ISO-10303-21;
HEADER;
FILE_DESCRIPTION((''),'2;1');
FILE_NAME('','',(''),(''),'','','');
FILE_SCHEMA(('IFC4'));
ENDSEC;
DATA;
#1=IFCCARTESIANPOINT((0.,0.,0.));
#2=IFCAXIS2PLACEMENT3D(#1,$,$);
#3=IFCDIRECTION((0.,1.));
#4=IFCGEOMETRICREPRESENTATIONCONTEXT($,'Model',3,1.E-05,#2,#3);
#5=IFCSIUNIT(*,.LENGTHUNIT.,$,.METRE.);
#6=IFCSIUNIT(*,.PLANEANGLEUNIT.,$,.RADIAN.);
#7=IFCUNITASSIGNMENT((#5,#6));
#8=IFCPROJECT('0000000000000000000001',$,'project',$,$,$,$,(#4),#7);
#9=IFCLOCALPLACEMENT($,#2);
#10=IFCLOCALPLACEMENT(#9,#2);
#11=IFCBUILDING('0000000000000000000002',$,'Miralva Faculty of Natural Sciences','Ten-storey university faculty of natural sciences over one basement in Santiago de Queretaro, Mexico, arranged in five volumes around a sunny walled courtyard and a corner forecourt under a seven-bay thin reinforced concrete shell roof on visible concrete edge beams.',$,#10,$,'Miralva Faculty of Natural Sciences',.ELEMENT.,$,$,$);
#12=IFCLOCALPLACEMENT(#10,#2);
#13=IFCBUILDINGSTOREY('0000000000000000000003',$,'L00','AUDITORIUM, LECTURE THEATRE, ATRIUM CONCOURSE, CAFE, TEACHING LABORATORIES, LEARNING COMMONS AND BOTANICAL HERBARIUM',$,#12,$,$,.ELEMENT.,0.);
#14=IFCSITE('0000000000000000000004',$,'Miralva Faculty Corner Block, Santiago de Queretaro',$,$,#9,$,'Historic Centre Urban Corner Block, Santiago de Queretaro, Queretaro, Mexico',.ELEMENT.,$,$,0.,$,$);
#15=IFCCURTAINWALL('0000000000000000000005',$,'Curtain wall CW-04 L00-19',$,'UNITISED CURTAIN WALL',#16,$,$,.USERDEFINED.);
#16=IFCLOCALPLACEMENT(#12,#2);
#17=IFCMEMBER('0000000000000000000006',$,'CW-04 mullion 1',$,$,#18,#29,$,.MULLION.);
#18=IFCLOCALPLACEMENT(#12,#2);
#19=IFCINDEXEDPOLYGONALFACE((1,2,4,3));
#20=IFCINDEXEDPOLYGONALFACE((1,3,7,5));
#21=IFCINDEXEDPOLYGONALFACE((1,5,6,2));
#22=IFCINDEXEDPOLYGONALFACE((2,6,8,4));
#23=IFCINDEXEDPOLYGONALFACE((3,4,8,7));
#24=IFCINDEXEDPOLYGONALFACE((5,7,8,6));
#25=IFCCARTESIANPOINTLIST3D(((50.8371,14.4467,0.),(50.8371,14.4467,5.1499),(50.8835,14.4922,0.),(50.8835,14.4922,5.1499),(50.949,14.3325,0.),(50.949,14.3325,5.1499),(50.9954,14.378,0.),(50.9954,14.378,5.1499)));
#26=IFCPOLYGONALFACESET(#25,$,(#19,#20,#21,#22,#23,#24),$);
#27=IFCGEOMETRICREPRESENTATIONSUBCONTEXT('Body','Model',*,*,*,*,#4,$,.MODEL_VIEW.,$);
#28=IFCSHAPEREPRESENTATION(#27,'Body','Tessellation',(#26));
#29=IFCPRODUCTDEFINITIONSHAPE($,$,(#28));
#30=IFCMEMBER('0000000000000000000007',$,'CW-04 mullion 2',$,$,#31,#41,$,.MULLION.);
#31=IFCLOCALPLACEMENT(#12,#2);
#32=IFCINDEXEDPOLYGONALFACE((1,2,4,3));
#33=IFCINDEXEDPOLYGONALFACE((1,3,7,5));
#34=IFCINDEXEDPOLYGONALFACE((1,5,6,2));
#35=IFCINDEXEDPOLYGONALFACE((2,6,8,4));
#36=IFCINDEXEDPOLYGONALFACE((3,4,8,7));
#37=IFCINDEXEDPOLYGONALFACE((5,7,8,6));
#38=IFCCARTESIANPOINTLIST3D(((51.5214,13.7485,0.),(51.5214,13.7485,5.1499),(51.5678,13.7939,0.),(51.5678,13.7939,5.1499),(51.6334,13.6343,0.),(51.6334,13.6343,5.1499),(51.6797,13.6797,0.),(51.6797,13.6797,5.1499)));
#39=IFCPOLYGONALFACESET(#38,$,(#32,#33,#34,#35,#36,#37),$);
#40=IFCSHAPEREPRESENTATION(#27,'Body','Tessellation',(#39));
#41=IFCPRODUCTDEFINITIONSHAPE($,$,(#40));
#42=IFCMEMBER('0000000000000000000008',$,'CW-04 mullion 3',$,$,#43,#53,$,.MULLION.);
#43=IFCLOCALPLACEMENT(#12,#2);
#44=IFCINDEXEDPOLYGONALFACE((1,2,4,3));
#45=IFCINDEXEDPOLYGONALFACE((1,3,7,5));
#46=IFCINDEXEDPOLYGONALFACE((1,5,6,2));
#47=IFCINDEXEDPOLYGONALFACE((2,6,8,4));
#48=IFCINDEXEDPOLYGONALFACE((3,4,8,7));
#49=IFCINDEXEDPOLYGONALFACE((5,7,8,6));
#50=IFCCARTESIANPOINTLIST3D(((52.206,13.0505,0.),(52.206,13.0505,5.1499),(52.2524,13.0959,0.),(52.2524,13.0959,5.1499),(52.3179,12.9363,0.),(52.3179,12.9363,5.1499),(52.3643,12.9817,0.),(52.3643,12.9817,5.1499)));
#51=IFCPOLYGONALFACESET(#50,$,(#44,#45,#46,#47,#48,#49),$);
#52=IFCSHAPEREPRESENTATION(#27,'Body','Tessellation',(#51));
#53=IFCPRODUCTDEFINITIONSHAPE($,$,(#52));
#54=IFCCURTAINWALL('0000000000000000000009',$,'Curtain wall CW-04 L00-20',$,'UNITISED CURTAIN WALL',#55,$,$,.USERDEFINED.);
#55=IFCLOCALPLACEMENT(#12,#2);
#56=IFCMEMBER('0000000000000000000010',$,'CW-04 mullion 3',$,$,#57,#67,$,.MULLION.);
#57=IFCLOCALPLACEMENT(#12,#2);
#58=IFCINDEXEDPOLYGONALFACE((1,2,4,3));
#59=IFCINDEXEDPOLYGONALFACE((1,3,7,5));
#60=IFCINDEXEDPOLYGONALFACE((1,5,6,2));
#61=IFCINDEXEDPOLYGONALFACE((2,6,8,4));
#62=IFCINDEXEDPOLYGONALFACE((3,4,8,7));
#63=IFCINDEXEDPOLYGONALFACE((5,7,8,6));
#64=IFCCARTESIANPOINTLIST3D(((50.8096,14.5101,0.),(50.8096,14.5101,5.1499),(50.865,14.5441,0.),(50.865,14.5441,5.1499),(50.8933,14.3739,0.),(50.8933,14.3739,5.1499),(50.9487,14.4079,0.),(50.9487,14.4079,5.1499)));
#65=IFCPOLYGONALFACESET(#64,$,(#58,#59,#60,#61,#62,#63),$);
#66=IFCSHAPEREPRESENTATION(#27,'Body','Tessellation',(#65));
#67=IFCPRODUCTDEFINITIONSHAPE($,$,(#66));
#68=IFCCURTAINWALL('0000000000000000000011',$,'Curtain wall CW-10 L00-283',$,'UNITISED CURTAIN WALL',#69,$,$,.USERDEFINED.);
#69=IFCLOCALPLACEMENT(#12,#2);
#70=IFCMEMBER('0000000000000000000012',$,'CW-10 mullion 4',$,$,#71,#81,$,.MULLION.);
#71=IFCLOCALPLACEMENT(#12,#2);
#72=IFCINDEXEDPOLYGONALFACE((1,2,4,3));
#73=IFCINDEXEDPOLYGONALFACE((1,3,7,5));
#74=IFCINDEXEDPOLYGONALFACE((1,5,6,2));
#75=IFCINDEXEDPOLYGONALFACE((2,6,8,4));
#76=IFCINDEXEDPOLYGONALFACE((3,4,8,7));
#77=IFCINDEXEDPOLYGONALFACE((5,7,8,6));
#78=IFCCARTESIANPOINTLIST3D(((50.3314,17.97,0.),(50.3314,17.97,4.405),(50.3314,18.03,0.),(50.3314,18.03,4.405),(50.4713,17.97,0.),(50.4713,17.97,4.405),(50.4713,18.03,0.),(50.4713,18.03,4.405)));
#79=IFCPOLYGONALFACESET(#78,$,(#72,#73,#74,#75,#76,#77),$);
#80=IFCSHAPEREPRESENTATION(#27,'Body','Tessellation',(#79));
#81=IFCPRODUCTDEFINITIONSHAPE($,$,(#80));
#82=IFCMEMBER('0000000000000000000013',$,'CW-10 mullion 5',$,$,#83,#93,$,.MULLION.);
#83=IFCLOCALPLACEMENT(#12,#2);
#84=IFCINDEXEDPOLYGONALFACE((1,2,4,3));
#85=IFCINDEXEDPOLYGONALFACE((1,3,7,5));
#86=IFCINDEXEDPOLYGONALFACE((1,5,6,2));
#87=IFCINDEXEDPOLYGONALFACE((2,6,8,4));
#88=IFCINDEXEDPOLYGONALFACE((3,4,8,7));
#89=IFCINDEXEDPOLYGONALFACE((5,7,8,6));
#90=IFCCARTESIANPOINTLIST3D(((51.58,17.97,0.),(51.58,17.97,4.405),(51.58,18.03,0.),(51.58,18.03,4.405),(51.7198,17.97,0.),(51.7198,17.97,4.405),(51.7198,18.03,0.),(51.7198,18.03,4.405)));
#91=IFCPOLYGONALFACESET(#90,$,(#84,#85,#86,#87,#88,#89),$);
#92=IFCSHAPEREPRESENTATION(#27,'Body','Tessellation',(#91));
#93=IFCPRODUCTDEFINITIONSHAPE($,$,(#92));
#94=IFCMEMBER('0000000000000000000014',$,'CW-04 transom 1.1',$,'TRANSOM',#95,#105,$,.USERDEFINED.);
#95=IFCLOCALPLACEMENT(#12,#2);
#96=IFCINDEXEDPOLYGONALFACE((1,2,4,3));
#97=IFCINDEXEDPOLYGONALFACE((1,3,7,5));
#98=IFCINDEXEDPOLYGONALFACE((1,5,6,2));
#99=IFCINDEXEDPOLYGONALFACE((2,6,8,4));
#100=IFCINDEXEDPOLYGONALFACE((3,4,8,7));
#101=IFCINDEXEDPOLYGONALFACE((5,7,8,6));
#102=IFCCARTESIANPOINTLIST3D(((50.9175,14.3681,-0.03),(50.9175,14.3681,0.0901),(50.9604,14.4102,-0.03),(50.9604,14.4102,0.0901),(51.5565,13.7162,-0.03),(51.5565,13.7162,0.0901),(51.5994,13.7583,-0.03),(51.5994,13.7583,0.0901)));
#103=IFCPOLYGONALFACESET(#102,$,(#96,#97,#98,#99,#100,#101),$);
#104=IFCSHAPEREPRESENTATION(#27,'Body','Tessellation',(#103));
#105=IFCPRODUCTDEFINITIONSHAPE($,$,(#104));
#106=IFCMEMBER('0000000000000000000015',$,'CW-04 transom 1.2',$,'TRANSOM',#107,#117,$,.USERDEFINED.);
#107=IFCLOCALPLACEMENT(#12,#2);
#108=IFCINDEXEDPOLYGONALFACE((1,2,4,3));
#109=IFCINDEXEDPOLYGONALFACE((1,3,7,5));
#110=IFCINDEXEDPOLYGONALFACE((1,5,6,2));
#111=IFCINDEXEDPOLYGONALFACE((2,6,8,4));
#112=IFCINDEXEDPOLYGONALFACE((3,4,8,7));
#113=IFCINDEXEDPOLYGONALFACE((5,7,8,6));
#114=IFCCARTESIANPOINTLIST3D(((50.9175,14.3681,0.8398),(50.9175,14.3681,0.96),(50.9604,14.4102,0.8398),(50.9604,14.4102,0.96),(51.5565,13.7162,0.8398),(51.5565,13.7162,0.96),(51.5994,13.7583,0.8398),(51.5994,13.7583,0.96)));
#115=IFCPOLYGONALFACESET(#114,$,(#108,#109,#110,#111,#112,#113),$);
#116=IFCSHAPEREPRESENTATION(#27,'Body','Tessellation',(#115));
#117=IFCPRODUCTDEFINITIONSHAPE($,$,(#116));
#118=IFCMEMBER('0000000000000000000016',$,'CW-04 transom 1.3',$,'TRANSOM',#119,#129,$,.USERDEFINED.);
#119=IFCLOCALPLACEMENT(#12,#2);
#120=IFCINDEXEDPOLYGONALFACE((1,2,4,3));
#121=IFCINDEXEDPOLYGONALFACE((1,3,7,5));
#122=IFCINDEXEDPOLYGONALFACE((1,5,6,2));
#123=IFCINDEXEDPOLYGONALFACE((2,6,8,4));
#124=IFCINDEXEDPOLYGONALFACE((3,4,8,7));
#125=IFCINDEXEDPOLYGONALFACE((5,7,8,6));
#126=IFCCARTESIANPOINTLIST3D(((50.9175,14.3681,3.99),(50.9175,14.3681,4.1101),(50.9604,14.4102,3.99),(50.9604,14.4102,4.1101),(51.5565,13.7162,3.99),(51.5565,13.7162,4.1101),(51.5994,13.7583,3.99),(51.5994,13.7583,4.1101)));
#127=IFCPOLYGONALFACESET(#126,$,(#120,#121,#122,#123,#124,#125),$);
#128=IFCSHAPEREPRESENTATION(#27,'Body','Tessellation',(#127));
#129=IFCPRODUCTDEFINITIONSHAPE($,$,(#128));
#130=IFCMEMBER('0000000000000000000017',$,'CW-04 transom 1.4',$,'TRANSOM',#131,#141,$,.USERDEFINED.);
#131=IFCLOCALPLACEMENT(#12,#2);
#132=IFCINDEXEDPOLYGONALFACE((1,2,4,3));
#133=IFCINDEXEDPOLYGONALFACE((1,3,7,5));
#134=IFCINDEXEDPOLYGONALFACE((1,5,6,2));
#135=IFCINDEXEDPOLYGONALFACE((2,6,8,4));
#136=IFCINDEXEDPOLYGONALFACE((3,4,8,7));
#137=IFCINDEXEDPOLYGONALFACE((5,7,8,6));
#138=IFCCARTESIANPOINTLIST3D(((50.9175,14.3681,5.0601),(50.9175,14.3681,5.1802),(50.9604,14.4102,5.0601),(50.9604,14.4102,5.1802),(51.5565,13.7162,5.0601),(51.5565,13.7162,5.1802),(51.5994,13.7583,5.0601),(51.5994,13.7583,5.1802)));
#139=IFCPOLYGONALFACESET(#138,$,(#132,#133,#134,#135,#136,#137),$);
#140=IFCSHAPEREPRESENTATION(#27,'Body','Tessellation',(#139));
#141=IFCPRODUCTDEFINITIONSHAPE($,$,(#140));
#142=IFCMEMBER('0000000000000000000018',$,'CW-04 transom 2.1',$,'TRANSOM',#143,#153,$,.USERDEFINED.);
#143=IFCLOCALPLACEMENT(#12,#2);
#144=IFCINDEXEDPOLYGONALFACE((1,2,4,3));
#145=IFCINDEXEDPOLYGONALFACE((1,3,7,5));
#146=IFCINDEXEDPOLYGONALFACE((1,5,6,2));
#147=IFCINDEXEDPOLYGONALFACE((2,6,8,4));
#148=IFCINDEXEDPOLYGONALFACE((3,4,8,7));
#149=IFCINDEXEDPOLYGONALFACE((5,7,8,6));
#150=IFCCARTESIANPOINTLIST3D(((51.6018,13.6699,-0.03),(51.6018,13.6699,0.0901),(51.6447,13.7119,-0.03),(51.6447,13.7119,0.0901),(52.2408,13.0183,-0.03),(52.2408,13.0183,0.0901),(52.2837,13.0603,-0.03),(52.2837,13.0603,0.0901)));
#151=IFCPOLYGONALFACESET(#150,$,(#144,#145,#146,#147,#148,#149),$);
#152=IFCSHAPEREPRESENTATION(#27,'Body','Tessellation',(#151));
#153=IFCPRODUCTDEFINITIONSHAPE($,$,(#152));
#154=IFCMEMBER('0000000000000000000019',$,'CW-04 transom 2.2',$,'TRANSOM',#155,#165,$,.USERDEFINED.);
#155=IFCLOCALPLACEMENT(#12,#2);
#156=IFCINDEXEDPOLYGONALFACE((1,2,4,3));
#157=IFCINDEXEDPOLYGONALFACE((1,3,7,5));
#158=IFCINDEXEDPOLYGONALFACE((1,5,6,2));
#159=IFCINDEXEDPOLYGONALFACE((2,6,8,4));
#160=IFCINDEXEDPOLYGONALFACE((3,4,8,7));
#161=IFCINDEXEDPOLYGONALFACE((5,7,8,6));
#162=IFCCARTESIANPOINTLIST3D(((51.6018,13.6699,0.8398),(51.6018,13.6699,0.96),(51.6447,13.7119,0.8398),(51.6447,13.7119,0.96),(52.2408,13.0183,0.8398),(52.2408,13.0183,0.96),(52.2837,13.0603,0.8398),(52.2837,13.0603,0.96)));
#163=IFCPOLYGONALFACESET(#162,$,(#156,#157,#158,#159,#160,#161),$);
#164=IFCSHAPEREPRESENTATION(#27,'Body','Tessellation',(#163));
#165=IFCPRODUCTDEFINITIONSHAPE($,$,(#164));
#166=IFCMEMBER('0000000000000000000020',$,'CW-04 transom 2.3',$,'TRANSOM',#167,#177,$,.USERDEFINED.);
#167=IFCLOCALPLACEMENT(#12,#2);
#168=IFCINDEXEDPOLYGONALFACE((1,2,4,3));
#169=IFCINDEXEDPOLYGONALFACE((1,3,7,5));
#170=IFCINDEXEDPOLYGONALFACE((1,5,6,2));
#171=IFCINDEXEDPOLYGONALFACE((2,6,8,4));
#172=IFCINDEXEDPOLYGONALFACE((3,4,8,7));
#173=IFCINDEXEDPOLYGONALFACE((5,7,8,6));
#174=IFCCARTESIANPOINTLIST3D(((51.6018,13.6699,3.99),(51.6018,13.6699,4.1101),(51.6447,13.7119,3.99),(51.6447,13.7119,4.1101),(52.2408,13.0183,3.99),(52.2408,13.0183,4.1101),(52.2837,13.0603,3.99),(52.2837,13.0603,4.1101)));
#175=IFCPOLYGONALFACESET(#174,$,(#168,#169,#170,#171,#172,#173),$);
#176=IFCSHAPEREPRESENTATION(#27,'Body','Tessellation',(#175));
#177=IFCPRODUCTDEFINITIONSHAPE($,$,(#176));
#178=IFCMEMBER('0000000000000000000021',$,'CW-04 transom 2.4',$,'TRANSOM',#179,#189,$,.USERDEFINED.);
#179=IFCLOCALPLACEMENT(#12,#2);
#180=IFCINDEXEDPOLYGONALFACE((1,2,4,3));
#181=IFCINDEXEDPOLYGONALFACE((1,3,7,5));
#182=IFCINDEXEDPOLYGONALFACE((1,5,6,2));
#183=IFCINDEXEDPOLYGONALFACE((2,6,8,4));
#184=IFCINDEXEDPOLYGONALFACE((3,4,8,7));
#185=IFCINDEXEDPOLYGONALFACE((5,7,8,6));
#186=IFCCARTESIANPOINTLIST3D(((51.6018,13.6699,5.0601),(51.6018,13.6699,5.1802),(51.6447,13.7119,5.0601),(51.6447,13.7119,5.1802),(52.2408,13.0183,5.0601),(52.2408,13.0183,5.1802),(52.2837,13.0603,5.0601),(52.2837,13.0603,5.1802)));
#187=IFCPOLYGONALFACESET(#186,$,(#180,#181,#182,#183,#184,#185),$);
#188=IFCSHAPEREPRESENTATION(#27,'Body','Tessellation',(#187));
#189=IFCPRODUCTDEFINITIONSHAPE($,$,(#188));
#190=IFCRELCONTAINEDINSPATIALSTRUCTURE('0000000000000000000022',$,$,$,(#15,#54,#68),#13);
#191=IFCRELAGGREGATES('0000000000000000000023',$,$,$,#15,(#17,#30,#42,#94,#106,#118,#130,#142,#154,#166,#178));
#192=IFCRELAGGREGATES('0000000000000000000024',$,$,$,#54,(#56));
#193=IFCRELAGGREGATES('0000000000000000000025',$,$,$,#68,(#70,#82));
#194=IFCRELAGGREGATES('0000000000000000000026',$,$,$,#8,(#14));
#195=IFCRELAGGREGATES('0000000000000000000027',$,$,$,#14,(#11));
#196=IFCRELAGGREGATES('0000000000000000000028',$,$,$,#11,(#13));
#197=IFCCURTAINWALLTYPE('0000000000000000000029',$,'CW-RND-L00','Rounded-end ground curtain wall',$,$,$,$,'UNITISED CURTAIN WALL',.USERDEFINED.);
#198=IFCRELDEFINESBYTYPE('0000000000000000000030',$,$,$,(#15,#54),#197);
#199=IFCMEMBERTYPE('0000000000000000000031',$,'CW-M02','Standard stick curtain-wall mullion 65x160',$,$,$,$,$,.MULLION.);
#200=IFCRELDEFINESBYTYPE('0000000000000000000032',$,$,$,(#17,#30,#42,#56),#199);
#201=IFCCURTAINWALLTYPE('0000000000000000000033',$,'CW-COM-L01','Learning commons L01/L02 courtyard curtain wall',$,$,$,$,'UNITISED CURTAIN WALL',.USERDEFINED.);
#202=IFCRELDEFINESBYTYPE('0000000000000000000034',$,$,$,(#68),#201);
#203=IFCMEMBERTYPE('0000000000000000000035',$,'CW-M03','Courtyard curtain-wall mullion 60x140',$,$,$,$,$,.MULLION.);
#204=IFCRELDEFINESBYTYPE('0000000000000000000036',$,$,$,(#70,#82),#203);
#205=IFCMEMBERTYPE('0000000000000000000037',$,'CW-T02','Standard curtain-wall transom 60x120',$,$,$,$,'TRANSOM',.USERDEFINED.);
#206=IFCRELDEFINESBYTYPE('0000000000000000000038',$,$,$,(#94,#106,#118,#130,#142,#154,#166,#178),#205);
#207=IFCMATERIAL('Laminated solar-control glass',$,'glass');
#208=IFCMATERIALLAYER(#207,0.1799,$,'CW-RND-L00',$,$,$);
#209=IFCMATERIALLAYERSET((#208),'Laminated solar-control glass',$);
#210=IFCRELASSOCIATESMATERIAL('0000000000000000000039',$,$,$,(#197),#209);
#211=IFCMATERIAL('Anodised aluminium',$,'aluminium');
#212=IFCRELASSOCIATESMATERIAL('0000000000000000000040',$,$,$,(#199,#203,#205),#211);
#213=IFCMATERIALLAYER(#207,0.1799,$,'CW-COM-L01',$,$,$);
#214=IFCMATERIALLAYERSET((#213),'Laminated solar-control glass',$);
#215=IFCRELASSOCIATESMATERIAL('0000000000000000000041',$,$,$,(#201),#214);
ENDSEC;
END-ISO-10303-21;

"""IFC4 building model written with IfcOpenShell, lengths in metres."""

from ifc_helpers import new_model, si_unit, direction, frame, origin, origin_2d, place, context, subcontext, project, spatial, rectangle, extrude, material, layer, layer_set, material_profile, profile_set, type_object, element, aggregate, save


model = new_model("IFC4")

# Units and contexts
model_context = context("Model", 3, precision=1e-05, world=origin(), true_north=direction((0.0, 1.0)))
body_context = subcontext(model_context, "Body", "Model", "MODEL_VIEW")
ifc_project = project(units=[si_unit("LENGTHUNIT", "METRE"), si_unit("PLANEANGLEUNIT", "RADIAN")], contexts=[model_context])

# Site, building, storey
site_placement = place(None, origin())
site = spatial("IfcSite", under=ifc_project, at=site_placement, Name="Miralva Faculty Corner Block, Santiago de Queretaro", LongName="Historic Centre Urban Corner Block, Santiago de Queretaro, Queretaro, Mexico", CompositionType="ELEMENT", RefElevation=0.0)
building_placement = place(site_placement, origin())
building = spatial("IfcBuilding", under=site, at=building_placement, Name="Miralva Faculty of Natural Sciences", Description="Ten-storey university faculty of natural sciences over one basement in Santiago de Queretaro, Mexico, arranged in five volumes around a sunny walled courtyard and a corner forecourt under a seven-bay thin reinforced concrete shell roof on visible concrete edge beams.", LongName="Miralva Faculty of Natural Sciences", CompositionType="ELEMENT")
storey_placement = place(building_placement, origin())
storey = spatial("IfcBuildingStorey", under=building, at=storey_placement, Name="L00", Description="AUDITORIUM, LECTURE THEATRE, ATRIUM CONCOURSE, CAFE, TEACHING LABORATORIES, LEARNING COMMONS AND BOTANICAL HERBARIUM", CompositionType="ELEMENT", Elevation=0.0)

# Curtain wall, members
ifc_material_1 = material(Name="Laminated solar-control glass", Category="glass")
ifc_layer_1 = layer(ifc_material_1, 0.1799, Name="CW-RND-L00")
ifc_layer_set_1 = layer_set([ifc_layer_1], Name="Laminated solar-control glass")
curtain_wall_type_1 = type_object("IfcCurtainWallType", Name="CW-RND-L00", Description="Rounded-end ground curtain wall", ElementType="UNITISED CURTAIN WALL", PredefinedType="USERDEFINED", material=ifc_layer_set_1)
curtain_wall_1_placement = place(storey_placement, origin())
curtain_wall_1 = element("IfcCurtainWall", 1, at=curtain_wall_1_placement, inside=storey, type_object=curtain_wall_type_1, Name="Curtain wall CW-04 L00-19", ObjectType="UNITISED CURTAIN WALL", PredefinedType="USERDEFINED")
ifc_material_2 = material(Name="Anodised aluminium", Category="aluminium")
ifc_material_profile_1 = material_profile(ifc_material_2, rectangle(XDim=0.0649, YDim=0.1599, at=origin_2d()), Name="MULLION 65x160")
ifc_profile_set_1 = profile_set([ifc_material_profile_1], Name="Anodised aluminium")
member_type_1 = type_object("IfcMemberType", Name="CW-M02", Description="Standard stick curtain-wall mullion 65x160", PredefinedType="MULLION", material=ifc_profile_set_1)
member_1_placement = place(storey_placement, frame((50.9163, 14.4124, 0.0), z_axis=(0.0, 0.0, 1.0), x_axis=(0.714125, 0.700018, 0.0)))
member_1 = element("IfcMember", 2, at=member_1_placement, type_object=member_type_1, Name="CW-04 mullion 1", PredefinedType="MULLION", context=body_context, shape_type="SweptSolid", body=[
    extrude(rectangle(XDim=0.0649, YDim=0.1599, at=origin_2d()), origin(), (0.0, 0.0, 1.0), 5.1499),
])
member_2_placement = place(storey_placement, frame((51.6006, 13.7141, 0.0), z_axis=(0.0, 0.0, 1.0), x_axis=(0.714125, 0.700018, 0.0)))
member_2 = element("IfcMember", 3, at=member_2_placement, type_object=member_type_1, Name="CW-04 mullion 2", PredefinedType="MULLION", context=body_context, shape_type="SweptSolid", body=[
    extrude(rectangle(XDim=0.0649, YDim=0.1599, at=origin_2d()), origin(), (0.0, 0.0, 1.0), 5.1499),
])
member_3_placement = place(storey_placement, frame((52.2852, 13.0161, 0.0), z_axis=(0.0, 0.0, 1.0), x_axis=(0.714125, 0.700018, 0.0)))
member_3 = element("IfcMember", 4, at=member_3_placement, type_object=member_type_1, Name="CW-04 mullion 3", PredefinedType="MULLION", context=body_context, shape_type="SweptSolid", body=[
    extrude(rectangle(XDim=0.0649, YDim=0.1599, at=origin_2d()), origin(), (0.0, 0.0, 1.0), 5.1499),
])

# Curtain wall, member
curtain_wall_2_placement = place(storey_placement, origin())
curtain_wall_2 = element("IfcCurtainWall", 5, at=curtain_wall_2_placement, inside=storey, type_object=curtain_wall_type_1, Name="Curtain wall CW-04 L00-20", ObjectType="UNITISED CURTAIN WALL", PredefinedType="USERDEFINED")
member_4_placement = place(storey_placement, frame((50.8792, 14.459, 0.0), z_axis=(0.0, 0.0, 1.0), x_axis=(0.851995, 0.523551, 0.0)))
member_4 = element("IfcMember", 6, at=member_4_placement, type_object=member_type_1, Name="CW-04 mullion 3", PredefinedType="MULLION", context=body_context, shape_type="SweptSolid", body=[
    extrude(rectangle(XDim=0.0649, YDim=0.1599, at=origin_2d()), origin(), (0.0, 0.0, 1.0), 5.1499),
])

# Curtain wall, members
ifc_layer_2 = layer(ifc_material_1, 0.1799, Name="CW-COM-L01")
ifc_layer_set_2 = layer_set([ifc_layer_2], Name="Laminated solar-control glass")
curtain_wall_type_2 = type_object("IfcCurtainWallType", Name="CW-COM-L01", Description="Learning commons L01/L02 courtyard curtain wall", ElementType="UNITISED CURTAIN WALL", PredefinedType="USERDEFINED", material=ifc_layer_set_2)
curtain_wall_3_placement = place(storey_placement, origin())
curtain_wall_3 = element("IfcCurtainWall", 7, at=curtain_wall_3_placement, inside=storey, type_object=curtain_wall_type_2, Name="Curtain wall CW-10 L00-283", ObjectType="UNITISED CURTAIN WALL", PredefinedType="USERDEFINED")
ifc_material_profile_2 = material_profile(ifc_material_2, rectangle(XDim=0.0601, YDim=0.1399, at=origin_2d()), Name="MULLION 60x140")
ifc_profile_set_2 = profile_set([ifc_material_profile_2], Name="Anodised aluminium")
member_type_2 = type_object("IfcMemberType", Name="CW-M03", Description="Courtyard curtain-wall mullion 60x140", PredefinedType="MULLION", material=ifc_profile_set_2)
member_5_placement = place(storey_placement, frame((50.4014, 18.0, 0.0), z_axis=(0.0, 0.0, 1.0), x_axis=(0.0, 1.0, 0.0)))
member_5 = element("IfcMember", 8, at=member_5_placement, type_object=member_type_2, Name="CW-10 mullion 4", PredefinedType="MULLION", context=body_context, shape_type="SweptSolid", body=[
    extrude(rectangle(XDim=0.0601, YDim=0.1399, at=origin_2d()), origin(), (0.0, 0.0, 1.0), 4.405),
])
member_6_placement = place(storey_placement, frame((51.6499, 18.0, 0.0), z_axis=(0.0, 0.0, 1.0), x_axis=(0.0, 1.0, 0.0)))
member_6 = element("IfcMember", 9, at=member_6_placement, type_object=member_type_2, Name="CW-10 mullion 5", PredefinedType="MULLION", context=body_context, shape_type="SweptSolid", body=[
    extrude(rectangle(XDim=0.0601, YDim=0.1399, at=origin_2d()), origin(), (0.0, 0.0, 1.0), 4.405),
])

# Members
ifc_material_profile_3 = material_profile(ifc_material_2, rectangle(XDim=0.0601, YDim=0.1201, at=origin_2d()), Name="TRANSOM 60x120")
ifc_profile_set_3 = profile_set([ifc_material_profile_3], Name="Anodised aluminium")
member_type_3 = type_object("IfcMemberType", Name="CW-T02", Description="Standard curtain-wall transom 60x120", ElementType="TRANSOM", PredefinedType="USERDEFINED", material=ifc_profile_set_3)
member_7_placement = place(storey_placement, frame((50.939, 14.3892, 0.03), z_axis=(0.699983, -0.714159, 0.0), x_axis=(0.714159, 0.699983, 0.0)))
member_7 = element("IfcMember", 10, at=member_7_placement, type_object=member_type_3, Name="CW-04 transom 1.1", ObjectType="TRANSOM", PredefinedType="USERDEFINED", context=body_context, shape_type="SweptSolid", body=[
    extrude(rectangle(XDim=0.0601, YDim=0.1201, at=origin_2d()), origin(), (0.0, 0.0, 1.0), 0.9128),
])
member_8_placement = place(storey_placement, frame((50.939, 14.3892, 0.8999), z_axis=(0.699983, -0.714159, 0.0), x_axis=(0.714159, 0.699983, 0.0)))
member_8 = element("IfcMember", 11, at=member_8_placement, type_object=member_type_3, Name="CW-04 transom 1.2", ObjectType="TRANSOM", PredefinedType="USERDEFINED", context=body_context, shape_type="SweptSolid", body=[
    extrude(rectangle(XDim=0.0601, YDim=0.1201, at=origin_2d()), origin(), (0.0, 0.0, 1.0), 0.9128),
])
member_9_placement = place(storey_placement, frame((50.939, 14.3892, 4.05), z_axis=(0.699983, -0.714159, 0.0), x_axis=(0.714159, 0.699983, 0.0)))
member_9 = element("IfcMember", 12, at=member_9_placement, type_object=member_type_3, Name="CW-04 transom 1.3", ObjectType="TRANSOM", PredefinedType="USERDEFINED", context=body_context, shape_type="SweptSolid", body=[
    extrude(rectangle(XDim=0.0601, YDim=0.1201, at=origin_2d()), origin(), (0.0, 0.0, 1.0), 0.9128),
])
member_10_placement = place(storey_placement, frame((50.939, 14.3892, 5.1201), z_axis=(0.699983, -0.714159, 0.0), x_axis=(0.714159, 0.699983, 0.0)))
member_10 = element("IfcMember", 13, at=member_10_placement, type_object=member_type_3, Name="CW-04 transom 1.4", ObjectType="TRANSOM", PredefinedType="USERDEFINED", context=body_context, shape_type="SweptSolid", body=[
    extrude(rectangle(XDim=0.0601, YDim=0.1201, at=origin_2d()), origin(), (0.0, 0.0, 1.0), 0.9128),
])
member_11_placement = place(storey_placement, frame((51.6233, 13.6909, 0.03), z_axis=(0.700117, -0.714028, 0.0), x_axis=(0.714028, 0.700117, 0.0)))
member_11 = element("IfcMember", 14, at=member_11_placement, type_object=member_type_3, Name="CW-04 transom 2.1", ObjectType="TRANSOM", PredefinedType="USERDEFINED", context=body_context, shape_type="SweptSolid", body=[
    extrude(rectangle(XDim=0.0601, YDim=0.1201, at=origin_2d()), origin(), (0.0, 0.0, 1.0), 0.9126),
])
member_12_placement = place(storey_placement, frame((51.6233, 13.6909, 0.8999), z_axis=(0.700117, -0.714028, 0.0), x_axis=(0.714028, 0.700117, 0.0)))
member_12 = element("IfcMember", 15, at=member_12_placement, type_object=member_type_3, Name="CW-04 transom 2.2", ObjectType="TRANSOM", PredefinedType="USERDEFINED", context=body_context, shape_type="SweptSolid", body=[
    extrude(rectangle(XDim=0.0601, YDim=0.1201, at=origin_2d()), origin(), (0.0, 0.0, 1.0), 0.9126),
])
member_13_placement = place(storey_placement, frame((51.6233, 13.6909, 4.05), z_axis=(0.700117, -0.714028, 0.0), x_axis=(0.714028, 0.700117, 0.0)))
member_13 = element("IfcMember", 16, at=member_13_placement, type_object=member_type_3, Name="CW-04 transom 2.3", ObjectType="TRANSOM", PredefinedType="USERDEFINED", context=body_context, shape_type="SweptSolid", body=[
    extrude(rectangle(XDim=0.0601, YDim=0.1201, at=origin_2d()), origin(), (0.0, 0.0, 1.0), 0.9126),
])
member_14_placement = place(storey_placement, frame((51.6233, 13.6909, 5.1201), z_axis=(0.700117, -0.714028, 0.0), x_axis=(0.714028, 0.700117, 0.0)))
member_14 = element("IfcMember", 17, at=member_14_placement, type_object=member_type_3, Name="CW-04 transom 2.4", ObjectType="TRANSOM", PredefinedType="USERDEFINED", context=body_context, shape_type="SweptSolid", body=[
    extrude(rectangle(XDim=0.0601, YDim=0.1201, at=origin_2d()), origin(), (0.0, 0.0, 1.0), 0.9126),
])

aggregate(curtain_wall_1, [member_1, member_2, member_3, member_7, member_8, member_9, member_10, member_11, member_12, member_13, member_14])
aggregate(curtain_wall_2, [member_4])
aggregate(curtain_wall_3, [member_5, member_6])

save(model, "model.ifc")
